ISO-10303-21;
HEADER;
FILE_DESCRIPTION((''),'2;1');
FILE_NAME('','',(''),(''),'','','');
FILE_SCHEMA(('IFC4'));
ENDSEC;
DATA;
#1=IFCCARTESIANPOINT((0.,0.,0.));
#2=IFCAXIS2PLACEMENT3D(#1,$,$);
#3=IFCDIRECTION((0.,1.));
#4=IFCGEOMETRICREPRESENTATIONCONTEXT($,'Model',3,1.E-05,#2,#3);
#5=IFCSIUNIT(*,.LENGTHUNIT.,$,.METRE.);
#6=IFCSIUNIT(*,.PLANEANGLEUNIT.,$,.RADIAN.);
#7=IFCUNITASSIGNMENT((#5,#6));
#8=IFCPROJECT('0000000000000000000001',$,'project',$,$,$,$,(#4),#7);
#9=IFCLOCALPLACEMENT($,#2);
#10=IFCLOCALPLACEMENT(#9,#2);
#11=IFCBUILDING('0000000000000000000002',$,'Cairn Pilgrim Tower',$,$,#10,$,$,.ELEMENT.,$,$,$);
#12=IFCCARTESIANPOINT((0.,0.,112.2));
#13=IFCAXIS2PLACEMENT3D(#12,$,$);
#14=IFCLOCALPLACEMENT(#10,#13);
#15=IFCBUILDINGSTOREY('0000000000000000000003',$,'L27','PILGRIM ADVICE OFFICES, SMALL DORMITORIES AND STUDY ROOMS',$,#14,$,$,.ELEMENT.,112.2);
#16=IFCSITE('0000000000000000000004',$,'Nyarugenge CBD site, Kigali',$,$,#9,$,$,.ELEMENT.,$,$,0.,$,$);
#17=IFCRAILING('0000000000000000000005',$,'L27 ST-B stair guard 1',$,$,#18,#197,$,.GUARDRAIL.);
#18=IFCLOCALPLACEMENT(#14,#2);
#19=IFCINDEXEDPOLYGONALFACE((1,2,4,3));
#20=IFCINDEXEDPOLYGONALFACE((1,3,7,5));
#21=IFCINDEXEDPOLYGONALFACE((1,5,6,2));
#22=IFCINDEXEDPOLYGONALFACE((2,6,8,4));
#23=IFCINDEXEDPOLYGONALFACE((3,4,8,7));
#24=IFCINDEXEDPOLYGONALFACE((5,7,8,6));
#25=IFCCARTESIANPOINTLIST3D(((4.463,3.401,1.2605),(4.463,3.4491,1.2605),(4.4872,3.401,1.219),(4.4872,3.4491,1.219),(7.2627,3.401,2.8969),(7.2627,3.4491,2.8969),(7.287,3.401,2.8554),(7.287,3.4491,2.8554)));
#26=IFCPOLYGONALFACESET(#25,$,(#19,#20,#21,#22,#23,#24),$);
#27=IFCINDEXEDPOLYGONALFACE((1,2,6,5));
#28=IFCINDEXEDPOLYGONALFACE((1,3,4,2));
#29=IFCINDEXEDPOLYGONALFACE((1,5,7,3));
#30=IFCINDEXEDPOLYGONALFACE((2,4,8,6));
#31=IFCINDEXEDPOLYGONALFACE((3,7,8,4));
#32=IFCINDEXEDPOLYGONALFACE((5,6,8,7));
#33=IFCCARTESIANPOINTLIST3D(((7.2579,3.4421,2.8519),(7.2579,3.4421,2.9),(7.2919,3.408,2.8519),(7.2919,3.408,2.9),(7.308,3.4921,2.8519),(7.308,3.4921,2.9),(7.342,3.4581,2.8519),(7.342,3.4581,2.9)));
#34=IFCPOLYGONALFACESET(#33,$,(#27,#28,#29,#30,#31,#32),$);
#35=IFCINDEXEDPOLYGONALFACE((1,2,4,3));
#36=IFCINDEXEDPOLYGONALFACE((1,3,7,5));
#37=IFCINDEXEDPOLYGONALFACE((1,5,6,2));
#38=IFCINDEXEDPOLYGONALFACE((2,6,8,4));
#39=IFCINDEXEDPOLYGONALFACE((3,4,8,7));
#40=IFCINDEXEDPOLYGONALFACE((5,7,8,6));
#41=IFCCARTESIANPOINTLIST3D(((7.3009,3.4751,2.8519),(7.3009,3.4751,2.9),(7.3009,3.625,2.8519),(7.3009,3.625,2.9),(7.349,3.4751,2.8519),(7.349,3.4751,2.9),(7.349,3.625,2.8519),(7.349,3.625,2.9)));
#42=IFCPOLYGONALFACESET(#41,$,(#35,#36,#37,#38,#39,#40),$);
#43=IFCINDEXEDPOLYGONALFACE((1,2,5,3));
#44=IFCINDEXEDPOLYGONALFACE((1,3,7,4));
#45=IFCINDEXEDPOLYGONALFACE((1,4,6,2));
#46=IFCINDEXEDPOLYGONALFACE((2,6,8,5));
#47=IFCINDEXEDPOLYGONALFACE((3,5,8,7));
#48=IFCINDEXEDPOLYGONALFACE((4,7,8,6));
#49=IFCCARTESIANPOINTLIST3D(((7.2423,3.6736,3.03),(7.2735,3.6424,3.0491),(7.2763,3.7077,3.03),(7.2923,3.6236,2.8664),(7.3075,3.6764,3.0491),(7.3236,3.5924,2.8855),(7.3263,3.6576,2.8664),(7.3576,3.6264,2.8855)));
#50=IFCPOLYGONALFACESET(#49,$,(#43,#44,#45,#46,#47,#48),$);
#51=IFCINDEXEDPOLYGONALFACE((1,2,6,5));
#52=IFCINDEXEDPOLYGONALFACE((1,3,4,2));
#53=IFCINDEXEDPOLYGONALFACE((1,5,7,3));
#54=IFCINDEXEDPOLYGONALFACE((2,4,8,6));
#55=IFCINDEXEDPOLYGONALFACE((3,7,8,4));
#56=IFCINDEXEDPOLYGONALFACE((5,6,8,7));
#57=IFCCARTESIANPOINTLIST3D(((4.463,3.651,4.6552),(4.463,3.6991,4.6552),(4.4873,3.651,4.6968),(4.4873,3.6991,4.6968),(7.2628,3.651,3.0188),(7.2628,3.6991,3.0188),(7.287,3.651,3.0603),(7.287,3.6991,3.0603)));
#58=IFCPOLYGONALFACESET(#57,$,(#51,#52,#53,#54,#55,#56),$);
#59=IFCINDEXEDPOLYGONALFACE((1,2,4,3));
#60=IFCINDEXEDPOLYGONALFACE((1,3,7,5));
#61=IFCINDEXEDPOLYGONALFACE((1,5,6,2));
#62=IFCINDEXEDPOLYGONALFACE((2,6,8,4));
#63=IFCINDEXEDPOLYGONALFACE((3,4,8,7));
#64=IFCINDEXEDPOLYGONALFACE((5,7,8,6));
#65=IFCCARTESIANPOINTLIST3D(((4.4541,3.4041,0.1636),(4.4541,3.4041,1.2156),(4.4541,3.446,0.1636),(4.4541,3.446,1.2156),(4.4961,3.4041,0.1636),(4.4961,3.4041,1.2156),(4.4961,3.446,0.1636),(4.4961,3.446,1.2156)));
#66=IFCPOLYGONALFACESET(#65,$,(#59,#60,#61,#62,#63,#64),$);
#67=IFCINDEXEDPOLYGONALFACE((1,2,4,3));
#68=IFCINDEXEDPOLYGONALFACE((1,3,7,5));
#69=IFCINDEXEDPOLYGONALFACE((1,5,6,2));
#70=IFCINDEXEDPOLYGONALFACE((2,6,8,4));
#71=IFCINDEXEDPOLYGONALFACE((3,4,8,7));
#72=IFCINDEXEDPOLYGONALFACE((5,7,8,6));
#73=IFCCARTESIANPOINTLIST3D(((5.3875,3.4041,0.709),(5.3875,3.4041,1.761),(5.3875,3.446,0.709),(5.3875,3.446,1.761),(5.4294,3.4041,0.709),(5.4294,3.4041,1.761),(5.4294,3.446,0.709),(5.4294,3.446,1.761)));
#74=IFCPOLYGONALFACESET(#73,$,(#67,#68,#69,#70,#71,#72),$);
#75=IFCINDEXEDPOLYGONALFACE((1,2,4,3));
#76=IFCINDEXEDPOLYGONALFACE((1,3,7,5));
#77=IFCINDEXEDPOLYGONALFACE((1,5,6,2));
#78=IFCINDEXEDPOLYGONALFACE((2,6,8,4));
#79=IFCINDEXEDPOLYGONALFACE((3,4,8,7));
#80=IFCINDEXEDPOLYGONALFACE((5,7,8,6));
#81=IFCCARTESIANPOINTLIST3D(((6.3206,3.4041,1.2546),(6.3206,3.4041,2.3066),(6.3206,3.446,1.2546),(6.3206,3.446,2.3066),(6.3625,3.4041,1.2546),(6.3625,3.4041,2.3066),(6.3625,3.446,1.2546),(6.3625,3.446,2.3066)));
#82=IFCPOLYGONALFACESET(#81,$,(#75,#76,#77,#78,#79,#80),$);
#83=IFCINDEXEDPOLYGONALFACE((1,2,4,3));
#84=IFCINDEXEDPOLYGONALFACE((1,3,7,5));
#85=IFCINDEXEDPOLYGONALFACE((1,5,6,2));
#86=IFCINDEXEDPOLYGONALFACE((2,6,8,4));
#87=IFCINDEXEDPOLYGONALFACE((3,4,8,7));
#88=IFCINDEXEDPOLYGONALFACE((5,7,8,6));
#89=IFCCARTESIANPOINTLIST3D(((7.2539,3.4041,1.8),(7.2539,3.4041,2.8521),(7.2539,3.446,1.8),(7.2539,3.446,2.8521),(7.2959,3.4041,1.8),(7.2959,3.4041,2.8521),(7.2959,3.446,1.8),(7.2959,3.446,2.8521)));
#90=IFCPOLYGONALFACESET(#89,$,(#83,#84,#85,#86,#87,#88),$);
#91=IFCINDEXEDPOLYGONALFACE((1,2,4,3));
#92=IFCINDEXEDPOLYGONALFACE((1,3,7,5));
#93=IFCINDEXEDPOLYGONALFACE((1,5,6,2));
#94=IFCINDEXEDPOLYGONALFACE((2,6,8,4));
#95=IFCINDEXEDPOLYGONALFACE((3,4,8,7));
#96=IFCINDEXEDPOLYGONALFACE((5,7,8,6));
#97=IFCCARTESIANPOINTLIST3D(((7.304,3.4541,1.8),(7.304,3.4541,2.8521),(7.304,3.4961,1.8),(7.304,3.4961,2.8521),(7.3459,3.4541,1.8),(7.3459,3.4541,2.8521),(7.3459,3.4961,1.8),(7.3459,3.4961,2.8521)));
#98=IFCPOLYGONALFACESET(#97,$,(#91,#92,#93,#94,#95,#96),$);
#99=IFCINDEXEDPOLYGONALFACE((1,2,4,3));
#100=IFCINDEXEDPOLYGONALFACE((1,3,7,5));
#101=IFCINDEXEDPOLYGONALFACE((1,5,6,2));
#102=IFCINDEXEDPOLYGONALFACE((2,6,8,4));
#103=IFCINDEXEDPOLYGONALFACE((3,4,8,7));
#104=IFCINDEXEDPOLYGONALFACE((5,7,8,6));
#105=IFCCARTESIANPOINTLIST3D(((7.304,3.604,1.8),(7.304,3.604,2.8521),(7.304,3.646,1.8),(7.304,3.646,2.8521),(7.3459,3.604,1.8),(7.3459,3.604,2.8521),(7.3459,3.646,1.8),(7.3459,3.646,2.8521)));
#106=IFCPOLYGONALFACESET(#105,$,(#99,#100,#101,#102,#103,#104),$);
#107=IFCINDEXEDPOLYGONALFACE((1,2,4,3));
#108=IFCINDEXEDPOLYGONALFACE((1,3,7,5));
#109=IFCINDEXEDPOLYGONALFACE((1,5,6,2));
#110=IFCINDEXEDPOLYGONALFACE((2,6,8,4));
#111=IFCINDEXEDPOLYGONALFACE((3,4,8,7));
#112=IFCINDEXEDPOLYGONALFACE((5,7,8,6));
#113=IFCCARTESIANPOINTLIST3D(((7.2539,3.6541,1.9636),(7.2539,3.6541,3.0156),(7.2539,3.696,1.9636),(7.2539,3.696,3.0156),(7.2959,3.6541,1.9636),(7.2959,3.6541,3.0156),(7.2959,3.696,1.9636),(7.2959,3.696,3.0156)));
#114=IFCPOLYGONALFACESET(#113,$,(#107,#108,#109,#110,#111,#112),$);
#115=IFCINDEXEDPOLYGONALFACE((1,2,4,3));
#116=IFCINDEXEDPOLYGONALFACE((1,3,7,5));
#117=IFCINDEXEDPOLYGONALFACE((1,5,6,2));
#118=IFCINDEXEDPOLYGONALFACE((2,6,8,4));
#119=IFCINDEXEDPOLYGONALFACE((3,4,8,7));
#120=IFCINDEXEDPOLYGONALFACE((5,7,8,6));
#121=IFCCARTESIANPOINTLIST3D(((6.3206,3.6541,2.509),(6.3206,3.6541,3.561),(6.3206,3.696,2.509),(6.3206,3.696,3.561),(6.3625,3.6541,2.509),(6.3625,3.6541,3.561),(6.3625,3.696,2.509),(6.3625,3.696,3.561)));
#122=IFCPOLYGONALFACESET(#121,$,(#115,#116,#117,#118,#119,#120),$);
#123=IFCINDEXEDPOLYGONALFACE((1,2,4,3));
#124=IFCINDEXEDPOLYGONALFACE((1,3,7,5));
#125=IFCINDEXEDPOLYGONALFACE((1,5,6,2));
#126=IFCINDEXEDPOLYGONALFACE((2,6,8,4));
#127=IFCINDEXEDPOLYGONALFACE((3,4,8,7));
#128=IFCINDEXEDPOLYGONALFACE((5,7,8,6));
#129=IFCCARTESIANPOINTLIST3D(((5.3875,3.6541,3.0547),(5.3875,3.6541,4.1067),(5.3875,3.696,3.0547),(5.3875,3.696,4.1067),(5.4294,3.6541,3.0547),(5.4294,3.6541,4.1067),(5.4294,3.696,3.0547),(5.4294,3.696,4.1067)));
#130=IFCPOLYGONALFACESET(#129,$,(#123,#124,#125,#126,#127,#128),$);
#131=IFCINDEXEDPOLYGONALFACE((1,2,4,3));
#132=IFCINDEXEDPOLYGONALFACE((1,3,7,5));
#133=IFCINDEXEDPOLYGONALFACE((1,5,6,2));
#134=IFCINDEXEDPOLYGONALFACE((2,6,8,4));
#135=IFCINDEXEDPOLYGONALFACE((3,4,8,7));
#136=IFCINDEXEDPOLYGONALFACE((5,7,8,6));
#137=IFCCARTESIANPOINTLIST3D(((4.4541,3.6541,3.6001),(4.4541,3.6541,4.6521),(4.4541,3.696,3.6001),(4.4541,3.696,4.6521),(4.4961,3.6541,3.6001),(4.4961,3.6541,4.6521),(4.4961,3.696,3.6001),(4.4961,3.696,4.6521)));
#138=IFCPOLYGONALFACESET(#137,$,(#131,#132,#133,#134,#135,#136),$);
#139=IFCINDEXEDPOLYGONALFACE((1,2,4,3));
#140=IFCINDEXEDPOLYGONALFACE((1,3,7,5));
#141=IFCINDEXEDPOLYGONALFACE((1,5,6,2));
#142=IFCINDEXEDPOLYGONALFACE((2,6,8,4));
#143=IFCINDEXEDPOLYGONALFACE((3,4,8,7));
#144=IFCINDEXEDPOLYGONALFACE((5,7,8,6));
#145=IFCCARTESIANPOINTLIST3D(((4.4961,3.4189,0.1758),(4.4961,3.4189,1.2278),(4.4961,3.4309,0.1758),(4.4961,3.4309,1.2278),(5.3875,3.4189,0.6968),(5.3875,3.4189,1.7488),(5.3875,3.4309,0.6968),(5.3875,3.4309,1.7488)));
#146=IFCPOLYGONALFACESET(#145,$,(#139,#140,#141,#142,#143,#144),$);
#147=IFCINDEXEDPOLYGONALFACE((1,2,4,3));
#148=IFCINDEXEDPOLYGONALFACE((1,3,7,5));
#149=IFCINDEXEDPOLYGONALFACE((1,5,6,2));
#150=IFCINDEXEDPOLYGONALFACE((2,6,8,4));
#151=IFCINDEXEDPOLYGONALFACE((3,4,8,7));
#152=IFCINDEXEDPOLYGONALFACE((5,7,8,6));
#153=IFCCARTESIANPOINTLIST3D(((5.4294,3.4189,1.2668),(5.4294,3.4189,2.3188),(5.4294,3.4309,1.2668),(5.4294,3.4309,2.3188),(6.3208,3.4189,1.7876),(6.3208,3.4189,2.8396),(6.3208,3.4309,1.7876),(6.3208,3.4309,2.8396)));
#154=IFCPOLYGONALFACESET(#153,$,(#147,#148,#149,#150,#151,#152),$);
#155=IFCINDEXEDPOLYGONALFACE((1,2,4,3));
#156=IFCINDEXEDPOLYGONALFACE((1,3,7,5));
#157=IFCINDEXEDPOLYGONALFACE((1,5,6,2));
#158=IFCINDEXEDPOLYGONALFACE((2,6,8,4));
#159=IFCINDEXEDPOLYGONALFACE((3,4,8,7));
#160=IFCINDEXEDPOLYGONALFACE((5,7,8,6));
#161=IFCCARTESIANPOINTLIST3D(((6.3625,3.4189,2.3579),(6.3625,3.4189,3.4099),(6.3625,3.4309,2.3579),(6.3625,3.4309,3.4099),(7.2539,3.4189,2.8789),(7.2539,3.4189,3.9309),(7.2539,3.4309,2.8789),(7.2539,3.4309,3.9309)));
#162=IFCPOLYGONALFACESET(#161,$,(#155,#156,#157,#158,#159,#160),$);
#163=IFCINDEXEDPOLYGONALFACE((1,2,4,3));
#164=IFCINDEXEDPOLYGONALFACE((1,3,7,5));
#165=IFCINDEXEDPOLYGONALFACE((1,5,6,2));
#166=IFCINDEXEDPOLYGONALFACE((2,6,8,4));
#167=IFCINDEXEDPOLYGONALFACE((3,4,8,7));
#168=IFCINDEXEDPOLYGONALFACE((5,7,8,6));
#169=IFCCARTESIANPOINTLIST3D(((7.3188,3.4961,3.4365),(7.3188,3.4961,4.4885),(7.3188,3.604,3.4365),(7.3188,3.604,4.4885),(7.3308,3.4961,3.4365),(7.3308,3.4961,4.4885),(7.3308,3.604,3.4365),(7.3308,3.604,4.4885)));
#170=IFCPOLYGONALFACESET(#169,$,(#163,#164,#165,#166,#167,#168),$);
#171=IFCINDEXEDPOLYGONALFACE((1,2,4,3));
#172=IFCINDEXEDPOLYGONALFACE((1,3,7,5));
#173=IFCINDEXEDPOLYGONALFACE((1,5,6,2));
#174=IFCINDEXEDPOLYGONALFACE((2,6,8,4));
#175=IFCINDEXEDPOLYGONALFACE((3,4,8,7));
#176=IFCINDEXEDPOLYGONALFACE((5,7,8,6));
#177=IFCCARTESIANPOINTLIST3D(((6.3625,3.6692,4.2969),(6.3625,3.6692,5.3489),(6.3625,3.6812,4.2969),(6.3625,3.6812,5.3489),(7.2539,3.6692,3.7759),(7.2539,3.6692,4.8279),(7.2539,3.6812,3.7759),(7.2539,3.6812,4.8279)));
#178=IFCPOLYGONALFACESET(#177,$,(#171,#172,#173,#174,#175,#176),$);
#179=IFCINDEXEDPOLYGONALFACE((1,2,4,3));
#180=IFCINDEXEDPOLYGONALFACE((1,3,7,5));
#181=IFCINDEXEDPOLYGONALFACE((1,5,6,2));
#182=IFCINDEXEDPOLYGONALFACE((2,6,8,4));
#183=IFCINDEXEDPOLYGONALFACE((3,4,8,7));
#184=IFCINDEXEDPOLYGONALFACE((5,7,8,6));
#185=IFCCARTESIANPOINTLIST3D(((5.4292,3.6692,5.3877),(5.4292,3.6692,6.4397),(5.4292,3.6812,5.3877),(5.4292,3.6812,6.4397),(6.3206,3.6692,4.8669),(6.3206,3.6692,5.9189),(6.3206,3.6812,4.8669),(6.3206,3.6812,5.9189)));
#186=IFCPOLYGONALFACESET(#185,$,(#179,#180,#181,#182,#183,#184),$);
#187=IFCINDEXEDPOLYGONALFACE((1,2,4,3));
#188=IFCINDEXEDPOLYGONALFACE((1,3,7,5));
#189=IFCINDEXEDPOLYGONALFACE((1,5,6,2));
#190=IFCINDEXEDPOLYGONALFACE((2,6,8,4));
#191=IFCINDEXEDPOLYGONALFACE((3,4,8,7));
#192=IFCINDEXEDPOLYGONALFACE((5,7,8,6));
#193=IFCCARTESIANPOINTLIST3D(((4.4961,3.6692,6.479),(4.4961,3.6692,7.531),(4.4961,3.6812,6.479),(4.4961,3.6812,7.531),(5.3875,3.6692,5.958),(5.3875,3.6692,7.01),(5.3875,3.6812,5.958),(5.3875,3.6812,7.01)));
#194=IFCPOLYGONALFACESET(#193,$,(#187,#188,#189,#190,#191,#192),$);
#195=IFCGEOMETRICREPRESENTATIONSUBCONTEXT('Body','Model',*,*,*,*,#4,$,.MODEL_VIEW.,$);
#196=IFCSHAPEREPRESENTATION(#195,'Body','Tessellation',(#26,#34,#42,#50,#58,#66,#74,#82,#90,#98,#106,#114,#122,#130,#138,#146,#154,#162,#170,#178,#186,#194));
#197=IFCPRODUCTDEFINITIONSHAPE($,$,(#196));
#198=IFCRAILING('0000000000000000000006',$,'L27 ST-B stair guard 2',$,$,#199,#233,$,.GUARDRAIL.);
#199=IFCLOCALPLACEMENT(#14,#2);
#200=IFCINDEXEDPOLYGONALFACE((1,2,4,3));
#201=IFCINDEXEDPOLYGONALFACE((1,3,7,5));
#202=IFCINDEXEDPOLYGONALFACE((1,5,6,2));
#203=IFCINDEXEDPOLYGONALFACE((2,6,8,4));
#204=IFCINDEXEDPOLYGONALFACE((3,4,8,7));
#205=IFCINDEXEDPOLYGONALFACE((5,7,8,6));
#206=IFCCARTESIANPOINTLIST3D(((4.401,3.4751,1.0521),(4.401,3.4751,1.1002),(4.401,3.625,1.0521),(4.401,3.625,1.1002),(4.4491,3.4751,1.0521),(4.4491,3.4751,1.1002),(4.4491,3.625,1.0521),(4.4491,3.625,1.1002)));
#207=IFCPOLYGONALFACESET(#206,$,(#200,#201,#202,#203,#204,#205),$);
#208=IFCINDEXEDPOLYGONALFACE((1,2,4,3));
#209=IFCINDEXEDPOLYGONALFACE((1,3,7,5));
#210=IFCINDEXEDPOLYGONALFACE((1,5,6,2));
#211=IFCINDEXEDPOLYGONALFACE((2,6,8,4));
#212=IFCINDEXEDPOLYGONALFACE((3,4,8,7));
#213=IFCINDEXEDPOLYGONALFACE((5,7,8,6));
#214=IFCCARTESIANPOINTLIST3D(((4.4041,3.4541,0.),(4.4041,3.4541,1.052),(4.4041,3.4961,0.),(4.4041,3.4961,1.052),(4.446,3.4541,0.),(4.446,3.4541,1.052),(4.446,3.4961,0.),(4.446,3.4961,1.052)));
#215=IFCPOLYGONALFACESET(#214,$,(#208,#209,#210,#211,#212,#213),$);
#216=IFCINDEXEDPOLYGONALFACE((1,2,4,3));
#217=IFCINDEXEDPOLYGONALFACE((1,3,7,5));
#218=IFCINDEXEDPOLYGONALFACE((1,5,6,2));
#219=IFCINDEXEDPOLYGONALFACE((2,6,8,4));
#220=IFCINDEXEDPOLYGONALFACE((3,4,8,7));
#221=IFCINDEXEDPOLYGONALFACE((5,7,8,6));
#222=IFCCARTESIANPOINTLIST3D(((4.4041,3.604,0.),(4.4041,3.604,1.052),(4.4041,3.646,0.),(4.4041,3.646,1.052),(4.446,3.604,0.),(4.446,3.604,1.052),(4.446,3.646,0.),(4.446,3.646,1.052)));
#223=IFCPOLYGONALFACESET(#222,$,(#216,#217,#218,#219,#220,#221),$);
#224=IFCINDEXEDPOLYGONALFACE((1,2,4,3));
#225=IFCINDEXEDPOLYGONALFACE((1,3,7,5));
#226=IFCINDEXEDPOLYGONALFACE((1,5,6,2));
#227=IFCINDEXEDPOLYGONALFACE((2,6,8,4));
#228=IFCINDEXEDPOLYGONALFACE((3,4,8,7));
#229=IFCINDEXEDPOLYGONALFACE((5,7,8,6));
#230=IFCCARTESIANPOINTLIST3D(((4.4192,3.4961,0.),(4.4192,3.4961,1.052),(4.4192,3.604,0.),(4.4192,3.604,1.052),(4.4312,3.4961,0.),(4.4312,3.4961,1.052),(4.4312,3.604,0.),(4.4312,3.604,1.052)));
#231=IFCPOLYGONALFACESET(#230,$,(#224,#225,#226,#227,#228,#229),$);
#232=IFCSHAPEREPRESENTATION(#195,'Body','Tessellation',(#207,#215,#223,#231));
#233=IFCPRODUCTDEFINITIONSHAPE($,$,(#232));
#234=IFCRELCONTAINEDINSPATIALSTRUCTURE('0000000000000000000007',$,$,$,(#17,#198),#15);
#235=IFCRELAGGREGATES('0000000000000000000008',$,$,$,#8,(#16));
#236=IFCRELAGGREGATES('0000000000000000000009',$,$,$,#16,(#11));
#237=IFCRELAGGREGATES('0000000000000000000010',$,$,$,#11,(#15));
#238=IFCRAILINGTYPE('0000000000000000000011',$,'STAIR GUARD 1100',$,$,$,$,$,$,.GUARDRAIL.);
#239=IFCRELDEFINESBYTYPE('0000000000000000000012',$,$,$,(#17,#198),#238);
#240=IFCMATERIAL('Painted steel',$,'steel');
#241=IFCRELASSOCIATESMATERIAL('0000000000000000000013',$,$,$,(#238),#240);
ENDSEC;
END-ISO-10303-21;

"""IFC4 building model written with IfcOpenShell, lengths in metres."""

from ifc_helpers import new_model, si_unit, direction, frame, origin, origin_2d, place, context, subcontext, project, spatial, polyline, rectangle, outline, extrude, material, type_object, element, save


model = new_model("IFC4")

# Units and contexts
model_context = context("Model", 3, precision=1e-05, world=origin(), true_north=direction((0.0, 1.0)))
body_context = subcontext(model_context, "Body", "Model", "MODEL_VIEW")
ifc_project = project(units=[si_unit("LENGTHUNIT", "METRE"), si_unit("PLANEANGLEUNIT", "RADIAN")], contexts=[model_context])

# Site, building, storey
site_placement = place(None, origin())
site = spatial("IfcSite", under=ifc_project, at=site_placement, Name="Nyarugenge CBD site, Kigali", CompositionType="ELEMENT", RefElevation=0.0)
building_placement = place(site_placement, origin())
building = spatial("IfcBuilding", under=site, at=building_placement, Name="Cairn Pilgrim Tower", CompositionType="ELEMENT")
storey_placement = place(building_placement, frame((0.0, 0.0, 112.2)))
storey = spatial("IfcBuildingStorey", under=building, at=storey_placement, Name="L27", Description="PILGRIM ADVICE OFFICES, SMALL DORMITORIES AND STUDY ROOMS", CompositionType="ELEMENT", Elevation=112.2)

# Shared definitions
ifc_material_1 = material(Name="Painted steel", Category="steel")

# Railings
railing_type_1 = type_object("IfcRailingType", Name="STAIR GUARD 1100", PredefinedType="GUARDRAIL", material=ifc_material_1)
railing_1_placement = place(storey_placement, frame((4.4751, 3.425, 0.1636)))
element("IfcRailing", 1, at=railing_1_placement, inside=storey, type_object=railing_type_1, Name="L27 ST-B stair guard 1", PredefinedType="GUARDRAIL", context=body_context, shape_type="SweptSolid", body=[
    extrude(rectangle(XDim=0.0481, YDim=0.0481, at=origin_2d()), frame((0.0, 0.0, 1.0762), z_axis=(0.863342, 0.0, 0.50462), x_axis=(0.0, 1.0, 0.0)), (0.0, 0.0, 1.0), 3.2429),
    extrude(rectangle(XDim=0.0481, YDim=0.0481, at=origin_2d()), frame((2.7998, 0.0, 2.7124), z_axis=(0.707107, 0.707107, 0.0), x_axis=(-0.707107, 0.707107, 0.0)), (0.0, 0.0, 1.0), 0.0708),
    extrude(rectangle(XDim=0.0481, YDim=0.0481, at=origin_2d()), frame((2.8499, 0.05, 2.7124), z_axis=(0.0, 1.0, 0.0), x_axis=(-1.0, 0.0, 0.0)), (0.0, 0.0, 1.0), 0.1499),
    extrude(rectangle(XDim=0.0481, YDim=0.0481, at=origin_2d()), frame((2.8499, 0.2, 2.7124), z_axis=(-0.280809, 0.280809, 0.917765), x_axis=(-0.707107, -0.707107, 0.0)), (0.0, 0.0, 1.0), 0.1782),
    extrude(rectangle(XDim=0.0481, YDim=0.0481, at=origin_2d()), frame((2.7998, 0.25, 2.876), z_axis=(-0.863342, 0.0, 0.50462), x_axis=(0.0, -1.0, 0.0)), (0.0, 0.0, 1.0), 3.2429),
    extrude(rectangle(XDim=0.042, YDim=0.042, at=origin_2d()), origin(), (0.0, 0.0, 1.0), 1.052),
    extrude(rectangle(XDim=0.042, YDim=0.042, at=origin_2d()), frame((0.9333, 0.0, 0.5454)), (0.0, 0.0, 1.0), 1.052),
    extrude(rectangle(XDim=0.042, YDim=0.042, at=origin_2d()), frame((1.8665, 0.0, 1.0911)), (0.0, 0.0, 1.0), 1.052),
    extrude(rectangle(XDim=0.042, YDim=0.042, at=origin_2d()), frame((2.7998, 0.0, 1.6365)), (0.0, 0.0, 1.0), 1.052),
    extrude(rectangle(XDim=0.042, YDim=0.042, at=origin_2d()), frame((2.8499, 0.05, 1.6365)), (0.0, 0.0, 1.0), 1.052),
    extrude(rectangle(XDim=0.042, YDim=0.042, at=origin_2d()), frame((2.8499, 0.2, 1.6365)), (0.0, 0.0, 1.0), 1.052),
    extrude(rectangle(XDim=0.042, YDim=0.042, at=origin_2d()), frame((2.7998, 0.25, 1.8)), (0.0, 0.0, 1.0), 1.052),
    extrude(rectangle(XDim=0.042, YDim=0.042, at=origin_2d()), frame((1.8665, 0.25, 2.3455)), (0.0, 0.0, 1.0), 1.052),
    extrude(rectangle(XDim=0.042, YDim=0.042, at=origin_2d()), frame((0.9333, 0.25, 2.8911)), (0.0, 0.0, 1.0), 1.052),
    extrude(rectangle(XDim=0.042, YDim=0.042, at=origin_2d()), frame((0.0, 0.25, 3.4365)), (0.0, 0.0, 1.0), 1.052),
    extrude(outline(polyline([(0.021, 0.0122), (0.9124, 0.5332), (0.9124, 1.5852), (0.021, 1.0642), (0.021, 0.0122)])), frame((0.0, 0.0059, 0.0), z_axis=(0.0, -1.0, 0.0), x_axis=(1.0, 0.0, 0.0)), (0.0, 0.0, 1.0), 0.012),
    extrude(outline(polyline([(0.021, 0.5579), (0.9124, 1.0786), (0.9124, 2.1306), (0.021, 1.6099), (0.021, 0.5579)])), frame((0.9333, 0.0059, 0.5454), z_axis=(0.0, -1.0, 0.0), x_axis=(1.0, 0.0, 0.0)), (0.0, 0.0, 1.0), 0.012),
    extrude(outline(polyline([(0.021, 1.1033), (0.9124, 1.6243), (0.9124, 2.6763), (0.021, 2.1553), (0.021, 1.1033)])), frame((1.8665, 0.0059, 1.0911), z_axis=(0.0, -1.0, 0.0), x_axis=(1.0, 0.0, 0.0)), (0.0, 0.0, 1.0), 0.012),
    extrude(outline(polyline([(0.021, 1.6365), (0.1289, 1.6365), (0.1289, 2.6885), (0.021, 2.6885), (0.021, 1.6365)])), frame((2.8438, 0.05, 1.6365), z_axis=(1.0, 0.0, 0.0), x_axis=(0.0, 1.0, 0.0)), (0.0, 0.0, 1.0), 0.012),
    extrude(outline(polyline([(0.021, 1.8123), (0.9124, 2.3333), (0.9124, 3.3853), (0.021, 2.8643), (0.021, 1.8123)])), frame((2.7998, 0.2441, 1.8), z_axis=(0.0, 1.0, 0.0), x_axis=(-1.0, 0.0, 0.0)), (0.0, 0.0, 1.0), 0.012),
    extrude(outline(polyline([(0.021, 2.3579), (0.9124, 2.8787), (0.9124, 3.9307), (0.021, 3.4099), (0.021, 2.3579)])), frame((1.8665, 0.2441, 2.3455), z_axis=(0.0, 1.0, 0.0), x_axis=(-1.0, 0.0, 0.0)), (0.0, 0.0, 1.0), 0.012),
    extrude(outline(polyline([(0.021, 2.9033), (0.9124, 3.4243), (0.9124, 4.4763), (0.021, 3.9553), (0.021, 2.9033)])), frame((0.9333, 0.2441, 2.8911), z_axis=(0.0, 1.0, 0.0), x_axis=(-1.0, 0.0, 0.0)), (0.0, 0.0, 1.0), 0.012),
])
railing_2_placement = place(storey_placement, frame((4.425, 3.4751, 0.0)))
element("IfcRailing", 2, at=railing_2_placement, inside=storey, type_object=railing_type_1, Name="L27 ST-B stair guard 2", PredefinedType="GUARDRAIL", context=body_context, shape_type="SweptSolid", body=[
    extrude(rectangle(XDim=0.0481, YDim=0.0481, at=origin_2d()), frame((0.0, 0.0, 1.0762), z_axis=(0.0, 1.0, 0.0), x_axis=(-1.0, 0.0, 0.0)), (0.0, 0.0, 1.0), 0.1499),
    extrude(rectangle(XDim=0.042, YDim=0.042, at=origin_2d()), origin(), (0.0, 0.0, 1.0), 1.052),
    extrude(rectangle(XDim=0.042, YDim=0.042, at=origin_2d()), frame((0.0, 0.1499, 0.0)), (0.0, 0.0, 1.0), 1.052),
    extrude(outline(polyline([(0.021, 0.0), (0.1289, 0.0), (0.1289, 1.052), (0.021, 1.052), (0.021, 0.0)])), frame((-0.0059, 0.0, 0.0), z_axis=(1.0, 0.0, 0.0), x_axis=(0.0, 1.0, 0.0)), (0.0, 0.0, 1.0), 0.012),
])

save(model, "model.ifc")
